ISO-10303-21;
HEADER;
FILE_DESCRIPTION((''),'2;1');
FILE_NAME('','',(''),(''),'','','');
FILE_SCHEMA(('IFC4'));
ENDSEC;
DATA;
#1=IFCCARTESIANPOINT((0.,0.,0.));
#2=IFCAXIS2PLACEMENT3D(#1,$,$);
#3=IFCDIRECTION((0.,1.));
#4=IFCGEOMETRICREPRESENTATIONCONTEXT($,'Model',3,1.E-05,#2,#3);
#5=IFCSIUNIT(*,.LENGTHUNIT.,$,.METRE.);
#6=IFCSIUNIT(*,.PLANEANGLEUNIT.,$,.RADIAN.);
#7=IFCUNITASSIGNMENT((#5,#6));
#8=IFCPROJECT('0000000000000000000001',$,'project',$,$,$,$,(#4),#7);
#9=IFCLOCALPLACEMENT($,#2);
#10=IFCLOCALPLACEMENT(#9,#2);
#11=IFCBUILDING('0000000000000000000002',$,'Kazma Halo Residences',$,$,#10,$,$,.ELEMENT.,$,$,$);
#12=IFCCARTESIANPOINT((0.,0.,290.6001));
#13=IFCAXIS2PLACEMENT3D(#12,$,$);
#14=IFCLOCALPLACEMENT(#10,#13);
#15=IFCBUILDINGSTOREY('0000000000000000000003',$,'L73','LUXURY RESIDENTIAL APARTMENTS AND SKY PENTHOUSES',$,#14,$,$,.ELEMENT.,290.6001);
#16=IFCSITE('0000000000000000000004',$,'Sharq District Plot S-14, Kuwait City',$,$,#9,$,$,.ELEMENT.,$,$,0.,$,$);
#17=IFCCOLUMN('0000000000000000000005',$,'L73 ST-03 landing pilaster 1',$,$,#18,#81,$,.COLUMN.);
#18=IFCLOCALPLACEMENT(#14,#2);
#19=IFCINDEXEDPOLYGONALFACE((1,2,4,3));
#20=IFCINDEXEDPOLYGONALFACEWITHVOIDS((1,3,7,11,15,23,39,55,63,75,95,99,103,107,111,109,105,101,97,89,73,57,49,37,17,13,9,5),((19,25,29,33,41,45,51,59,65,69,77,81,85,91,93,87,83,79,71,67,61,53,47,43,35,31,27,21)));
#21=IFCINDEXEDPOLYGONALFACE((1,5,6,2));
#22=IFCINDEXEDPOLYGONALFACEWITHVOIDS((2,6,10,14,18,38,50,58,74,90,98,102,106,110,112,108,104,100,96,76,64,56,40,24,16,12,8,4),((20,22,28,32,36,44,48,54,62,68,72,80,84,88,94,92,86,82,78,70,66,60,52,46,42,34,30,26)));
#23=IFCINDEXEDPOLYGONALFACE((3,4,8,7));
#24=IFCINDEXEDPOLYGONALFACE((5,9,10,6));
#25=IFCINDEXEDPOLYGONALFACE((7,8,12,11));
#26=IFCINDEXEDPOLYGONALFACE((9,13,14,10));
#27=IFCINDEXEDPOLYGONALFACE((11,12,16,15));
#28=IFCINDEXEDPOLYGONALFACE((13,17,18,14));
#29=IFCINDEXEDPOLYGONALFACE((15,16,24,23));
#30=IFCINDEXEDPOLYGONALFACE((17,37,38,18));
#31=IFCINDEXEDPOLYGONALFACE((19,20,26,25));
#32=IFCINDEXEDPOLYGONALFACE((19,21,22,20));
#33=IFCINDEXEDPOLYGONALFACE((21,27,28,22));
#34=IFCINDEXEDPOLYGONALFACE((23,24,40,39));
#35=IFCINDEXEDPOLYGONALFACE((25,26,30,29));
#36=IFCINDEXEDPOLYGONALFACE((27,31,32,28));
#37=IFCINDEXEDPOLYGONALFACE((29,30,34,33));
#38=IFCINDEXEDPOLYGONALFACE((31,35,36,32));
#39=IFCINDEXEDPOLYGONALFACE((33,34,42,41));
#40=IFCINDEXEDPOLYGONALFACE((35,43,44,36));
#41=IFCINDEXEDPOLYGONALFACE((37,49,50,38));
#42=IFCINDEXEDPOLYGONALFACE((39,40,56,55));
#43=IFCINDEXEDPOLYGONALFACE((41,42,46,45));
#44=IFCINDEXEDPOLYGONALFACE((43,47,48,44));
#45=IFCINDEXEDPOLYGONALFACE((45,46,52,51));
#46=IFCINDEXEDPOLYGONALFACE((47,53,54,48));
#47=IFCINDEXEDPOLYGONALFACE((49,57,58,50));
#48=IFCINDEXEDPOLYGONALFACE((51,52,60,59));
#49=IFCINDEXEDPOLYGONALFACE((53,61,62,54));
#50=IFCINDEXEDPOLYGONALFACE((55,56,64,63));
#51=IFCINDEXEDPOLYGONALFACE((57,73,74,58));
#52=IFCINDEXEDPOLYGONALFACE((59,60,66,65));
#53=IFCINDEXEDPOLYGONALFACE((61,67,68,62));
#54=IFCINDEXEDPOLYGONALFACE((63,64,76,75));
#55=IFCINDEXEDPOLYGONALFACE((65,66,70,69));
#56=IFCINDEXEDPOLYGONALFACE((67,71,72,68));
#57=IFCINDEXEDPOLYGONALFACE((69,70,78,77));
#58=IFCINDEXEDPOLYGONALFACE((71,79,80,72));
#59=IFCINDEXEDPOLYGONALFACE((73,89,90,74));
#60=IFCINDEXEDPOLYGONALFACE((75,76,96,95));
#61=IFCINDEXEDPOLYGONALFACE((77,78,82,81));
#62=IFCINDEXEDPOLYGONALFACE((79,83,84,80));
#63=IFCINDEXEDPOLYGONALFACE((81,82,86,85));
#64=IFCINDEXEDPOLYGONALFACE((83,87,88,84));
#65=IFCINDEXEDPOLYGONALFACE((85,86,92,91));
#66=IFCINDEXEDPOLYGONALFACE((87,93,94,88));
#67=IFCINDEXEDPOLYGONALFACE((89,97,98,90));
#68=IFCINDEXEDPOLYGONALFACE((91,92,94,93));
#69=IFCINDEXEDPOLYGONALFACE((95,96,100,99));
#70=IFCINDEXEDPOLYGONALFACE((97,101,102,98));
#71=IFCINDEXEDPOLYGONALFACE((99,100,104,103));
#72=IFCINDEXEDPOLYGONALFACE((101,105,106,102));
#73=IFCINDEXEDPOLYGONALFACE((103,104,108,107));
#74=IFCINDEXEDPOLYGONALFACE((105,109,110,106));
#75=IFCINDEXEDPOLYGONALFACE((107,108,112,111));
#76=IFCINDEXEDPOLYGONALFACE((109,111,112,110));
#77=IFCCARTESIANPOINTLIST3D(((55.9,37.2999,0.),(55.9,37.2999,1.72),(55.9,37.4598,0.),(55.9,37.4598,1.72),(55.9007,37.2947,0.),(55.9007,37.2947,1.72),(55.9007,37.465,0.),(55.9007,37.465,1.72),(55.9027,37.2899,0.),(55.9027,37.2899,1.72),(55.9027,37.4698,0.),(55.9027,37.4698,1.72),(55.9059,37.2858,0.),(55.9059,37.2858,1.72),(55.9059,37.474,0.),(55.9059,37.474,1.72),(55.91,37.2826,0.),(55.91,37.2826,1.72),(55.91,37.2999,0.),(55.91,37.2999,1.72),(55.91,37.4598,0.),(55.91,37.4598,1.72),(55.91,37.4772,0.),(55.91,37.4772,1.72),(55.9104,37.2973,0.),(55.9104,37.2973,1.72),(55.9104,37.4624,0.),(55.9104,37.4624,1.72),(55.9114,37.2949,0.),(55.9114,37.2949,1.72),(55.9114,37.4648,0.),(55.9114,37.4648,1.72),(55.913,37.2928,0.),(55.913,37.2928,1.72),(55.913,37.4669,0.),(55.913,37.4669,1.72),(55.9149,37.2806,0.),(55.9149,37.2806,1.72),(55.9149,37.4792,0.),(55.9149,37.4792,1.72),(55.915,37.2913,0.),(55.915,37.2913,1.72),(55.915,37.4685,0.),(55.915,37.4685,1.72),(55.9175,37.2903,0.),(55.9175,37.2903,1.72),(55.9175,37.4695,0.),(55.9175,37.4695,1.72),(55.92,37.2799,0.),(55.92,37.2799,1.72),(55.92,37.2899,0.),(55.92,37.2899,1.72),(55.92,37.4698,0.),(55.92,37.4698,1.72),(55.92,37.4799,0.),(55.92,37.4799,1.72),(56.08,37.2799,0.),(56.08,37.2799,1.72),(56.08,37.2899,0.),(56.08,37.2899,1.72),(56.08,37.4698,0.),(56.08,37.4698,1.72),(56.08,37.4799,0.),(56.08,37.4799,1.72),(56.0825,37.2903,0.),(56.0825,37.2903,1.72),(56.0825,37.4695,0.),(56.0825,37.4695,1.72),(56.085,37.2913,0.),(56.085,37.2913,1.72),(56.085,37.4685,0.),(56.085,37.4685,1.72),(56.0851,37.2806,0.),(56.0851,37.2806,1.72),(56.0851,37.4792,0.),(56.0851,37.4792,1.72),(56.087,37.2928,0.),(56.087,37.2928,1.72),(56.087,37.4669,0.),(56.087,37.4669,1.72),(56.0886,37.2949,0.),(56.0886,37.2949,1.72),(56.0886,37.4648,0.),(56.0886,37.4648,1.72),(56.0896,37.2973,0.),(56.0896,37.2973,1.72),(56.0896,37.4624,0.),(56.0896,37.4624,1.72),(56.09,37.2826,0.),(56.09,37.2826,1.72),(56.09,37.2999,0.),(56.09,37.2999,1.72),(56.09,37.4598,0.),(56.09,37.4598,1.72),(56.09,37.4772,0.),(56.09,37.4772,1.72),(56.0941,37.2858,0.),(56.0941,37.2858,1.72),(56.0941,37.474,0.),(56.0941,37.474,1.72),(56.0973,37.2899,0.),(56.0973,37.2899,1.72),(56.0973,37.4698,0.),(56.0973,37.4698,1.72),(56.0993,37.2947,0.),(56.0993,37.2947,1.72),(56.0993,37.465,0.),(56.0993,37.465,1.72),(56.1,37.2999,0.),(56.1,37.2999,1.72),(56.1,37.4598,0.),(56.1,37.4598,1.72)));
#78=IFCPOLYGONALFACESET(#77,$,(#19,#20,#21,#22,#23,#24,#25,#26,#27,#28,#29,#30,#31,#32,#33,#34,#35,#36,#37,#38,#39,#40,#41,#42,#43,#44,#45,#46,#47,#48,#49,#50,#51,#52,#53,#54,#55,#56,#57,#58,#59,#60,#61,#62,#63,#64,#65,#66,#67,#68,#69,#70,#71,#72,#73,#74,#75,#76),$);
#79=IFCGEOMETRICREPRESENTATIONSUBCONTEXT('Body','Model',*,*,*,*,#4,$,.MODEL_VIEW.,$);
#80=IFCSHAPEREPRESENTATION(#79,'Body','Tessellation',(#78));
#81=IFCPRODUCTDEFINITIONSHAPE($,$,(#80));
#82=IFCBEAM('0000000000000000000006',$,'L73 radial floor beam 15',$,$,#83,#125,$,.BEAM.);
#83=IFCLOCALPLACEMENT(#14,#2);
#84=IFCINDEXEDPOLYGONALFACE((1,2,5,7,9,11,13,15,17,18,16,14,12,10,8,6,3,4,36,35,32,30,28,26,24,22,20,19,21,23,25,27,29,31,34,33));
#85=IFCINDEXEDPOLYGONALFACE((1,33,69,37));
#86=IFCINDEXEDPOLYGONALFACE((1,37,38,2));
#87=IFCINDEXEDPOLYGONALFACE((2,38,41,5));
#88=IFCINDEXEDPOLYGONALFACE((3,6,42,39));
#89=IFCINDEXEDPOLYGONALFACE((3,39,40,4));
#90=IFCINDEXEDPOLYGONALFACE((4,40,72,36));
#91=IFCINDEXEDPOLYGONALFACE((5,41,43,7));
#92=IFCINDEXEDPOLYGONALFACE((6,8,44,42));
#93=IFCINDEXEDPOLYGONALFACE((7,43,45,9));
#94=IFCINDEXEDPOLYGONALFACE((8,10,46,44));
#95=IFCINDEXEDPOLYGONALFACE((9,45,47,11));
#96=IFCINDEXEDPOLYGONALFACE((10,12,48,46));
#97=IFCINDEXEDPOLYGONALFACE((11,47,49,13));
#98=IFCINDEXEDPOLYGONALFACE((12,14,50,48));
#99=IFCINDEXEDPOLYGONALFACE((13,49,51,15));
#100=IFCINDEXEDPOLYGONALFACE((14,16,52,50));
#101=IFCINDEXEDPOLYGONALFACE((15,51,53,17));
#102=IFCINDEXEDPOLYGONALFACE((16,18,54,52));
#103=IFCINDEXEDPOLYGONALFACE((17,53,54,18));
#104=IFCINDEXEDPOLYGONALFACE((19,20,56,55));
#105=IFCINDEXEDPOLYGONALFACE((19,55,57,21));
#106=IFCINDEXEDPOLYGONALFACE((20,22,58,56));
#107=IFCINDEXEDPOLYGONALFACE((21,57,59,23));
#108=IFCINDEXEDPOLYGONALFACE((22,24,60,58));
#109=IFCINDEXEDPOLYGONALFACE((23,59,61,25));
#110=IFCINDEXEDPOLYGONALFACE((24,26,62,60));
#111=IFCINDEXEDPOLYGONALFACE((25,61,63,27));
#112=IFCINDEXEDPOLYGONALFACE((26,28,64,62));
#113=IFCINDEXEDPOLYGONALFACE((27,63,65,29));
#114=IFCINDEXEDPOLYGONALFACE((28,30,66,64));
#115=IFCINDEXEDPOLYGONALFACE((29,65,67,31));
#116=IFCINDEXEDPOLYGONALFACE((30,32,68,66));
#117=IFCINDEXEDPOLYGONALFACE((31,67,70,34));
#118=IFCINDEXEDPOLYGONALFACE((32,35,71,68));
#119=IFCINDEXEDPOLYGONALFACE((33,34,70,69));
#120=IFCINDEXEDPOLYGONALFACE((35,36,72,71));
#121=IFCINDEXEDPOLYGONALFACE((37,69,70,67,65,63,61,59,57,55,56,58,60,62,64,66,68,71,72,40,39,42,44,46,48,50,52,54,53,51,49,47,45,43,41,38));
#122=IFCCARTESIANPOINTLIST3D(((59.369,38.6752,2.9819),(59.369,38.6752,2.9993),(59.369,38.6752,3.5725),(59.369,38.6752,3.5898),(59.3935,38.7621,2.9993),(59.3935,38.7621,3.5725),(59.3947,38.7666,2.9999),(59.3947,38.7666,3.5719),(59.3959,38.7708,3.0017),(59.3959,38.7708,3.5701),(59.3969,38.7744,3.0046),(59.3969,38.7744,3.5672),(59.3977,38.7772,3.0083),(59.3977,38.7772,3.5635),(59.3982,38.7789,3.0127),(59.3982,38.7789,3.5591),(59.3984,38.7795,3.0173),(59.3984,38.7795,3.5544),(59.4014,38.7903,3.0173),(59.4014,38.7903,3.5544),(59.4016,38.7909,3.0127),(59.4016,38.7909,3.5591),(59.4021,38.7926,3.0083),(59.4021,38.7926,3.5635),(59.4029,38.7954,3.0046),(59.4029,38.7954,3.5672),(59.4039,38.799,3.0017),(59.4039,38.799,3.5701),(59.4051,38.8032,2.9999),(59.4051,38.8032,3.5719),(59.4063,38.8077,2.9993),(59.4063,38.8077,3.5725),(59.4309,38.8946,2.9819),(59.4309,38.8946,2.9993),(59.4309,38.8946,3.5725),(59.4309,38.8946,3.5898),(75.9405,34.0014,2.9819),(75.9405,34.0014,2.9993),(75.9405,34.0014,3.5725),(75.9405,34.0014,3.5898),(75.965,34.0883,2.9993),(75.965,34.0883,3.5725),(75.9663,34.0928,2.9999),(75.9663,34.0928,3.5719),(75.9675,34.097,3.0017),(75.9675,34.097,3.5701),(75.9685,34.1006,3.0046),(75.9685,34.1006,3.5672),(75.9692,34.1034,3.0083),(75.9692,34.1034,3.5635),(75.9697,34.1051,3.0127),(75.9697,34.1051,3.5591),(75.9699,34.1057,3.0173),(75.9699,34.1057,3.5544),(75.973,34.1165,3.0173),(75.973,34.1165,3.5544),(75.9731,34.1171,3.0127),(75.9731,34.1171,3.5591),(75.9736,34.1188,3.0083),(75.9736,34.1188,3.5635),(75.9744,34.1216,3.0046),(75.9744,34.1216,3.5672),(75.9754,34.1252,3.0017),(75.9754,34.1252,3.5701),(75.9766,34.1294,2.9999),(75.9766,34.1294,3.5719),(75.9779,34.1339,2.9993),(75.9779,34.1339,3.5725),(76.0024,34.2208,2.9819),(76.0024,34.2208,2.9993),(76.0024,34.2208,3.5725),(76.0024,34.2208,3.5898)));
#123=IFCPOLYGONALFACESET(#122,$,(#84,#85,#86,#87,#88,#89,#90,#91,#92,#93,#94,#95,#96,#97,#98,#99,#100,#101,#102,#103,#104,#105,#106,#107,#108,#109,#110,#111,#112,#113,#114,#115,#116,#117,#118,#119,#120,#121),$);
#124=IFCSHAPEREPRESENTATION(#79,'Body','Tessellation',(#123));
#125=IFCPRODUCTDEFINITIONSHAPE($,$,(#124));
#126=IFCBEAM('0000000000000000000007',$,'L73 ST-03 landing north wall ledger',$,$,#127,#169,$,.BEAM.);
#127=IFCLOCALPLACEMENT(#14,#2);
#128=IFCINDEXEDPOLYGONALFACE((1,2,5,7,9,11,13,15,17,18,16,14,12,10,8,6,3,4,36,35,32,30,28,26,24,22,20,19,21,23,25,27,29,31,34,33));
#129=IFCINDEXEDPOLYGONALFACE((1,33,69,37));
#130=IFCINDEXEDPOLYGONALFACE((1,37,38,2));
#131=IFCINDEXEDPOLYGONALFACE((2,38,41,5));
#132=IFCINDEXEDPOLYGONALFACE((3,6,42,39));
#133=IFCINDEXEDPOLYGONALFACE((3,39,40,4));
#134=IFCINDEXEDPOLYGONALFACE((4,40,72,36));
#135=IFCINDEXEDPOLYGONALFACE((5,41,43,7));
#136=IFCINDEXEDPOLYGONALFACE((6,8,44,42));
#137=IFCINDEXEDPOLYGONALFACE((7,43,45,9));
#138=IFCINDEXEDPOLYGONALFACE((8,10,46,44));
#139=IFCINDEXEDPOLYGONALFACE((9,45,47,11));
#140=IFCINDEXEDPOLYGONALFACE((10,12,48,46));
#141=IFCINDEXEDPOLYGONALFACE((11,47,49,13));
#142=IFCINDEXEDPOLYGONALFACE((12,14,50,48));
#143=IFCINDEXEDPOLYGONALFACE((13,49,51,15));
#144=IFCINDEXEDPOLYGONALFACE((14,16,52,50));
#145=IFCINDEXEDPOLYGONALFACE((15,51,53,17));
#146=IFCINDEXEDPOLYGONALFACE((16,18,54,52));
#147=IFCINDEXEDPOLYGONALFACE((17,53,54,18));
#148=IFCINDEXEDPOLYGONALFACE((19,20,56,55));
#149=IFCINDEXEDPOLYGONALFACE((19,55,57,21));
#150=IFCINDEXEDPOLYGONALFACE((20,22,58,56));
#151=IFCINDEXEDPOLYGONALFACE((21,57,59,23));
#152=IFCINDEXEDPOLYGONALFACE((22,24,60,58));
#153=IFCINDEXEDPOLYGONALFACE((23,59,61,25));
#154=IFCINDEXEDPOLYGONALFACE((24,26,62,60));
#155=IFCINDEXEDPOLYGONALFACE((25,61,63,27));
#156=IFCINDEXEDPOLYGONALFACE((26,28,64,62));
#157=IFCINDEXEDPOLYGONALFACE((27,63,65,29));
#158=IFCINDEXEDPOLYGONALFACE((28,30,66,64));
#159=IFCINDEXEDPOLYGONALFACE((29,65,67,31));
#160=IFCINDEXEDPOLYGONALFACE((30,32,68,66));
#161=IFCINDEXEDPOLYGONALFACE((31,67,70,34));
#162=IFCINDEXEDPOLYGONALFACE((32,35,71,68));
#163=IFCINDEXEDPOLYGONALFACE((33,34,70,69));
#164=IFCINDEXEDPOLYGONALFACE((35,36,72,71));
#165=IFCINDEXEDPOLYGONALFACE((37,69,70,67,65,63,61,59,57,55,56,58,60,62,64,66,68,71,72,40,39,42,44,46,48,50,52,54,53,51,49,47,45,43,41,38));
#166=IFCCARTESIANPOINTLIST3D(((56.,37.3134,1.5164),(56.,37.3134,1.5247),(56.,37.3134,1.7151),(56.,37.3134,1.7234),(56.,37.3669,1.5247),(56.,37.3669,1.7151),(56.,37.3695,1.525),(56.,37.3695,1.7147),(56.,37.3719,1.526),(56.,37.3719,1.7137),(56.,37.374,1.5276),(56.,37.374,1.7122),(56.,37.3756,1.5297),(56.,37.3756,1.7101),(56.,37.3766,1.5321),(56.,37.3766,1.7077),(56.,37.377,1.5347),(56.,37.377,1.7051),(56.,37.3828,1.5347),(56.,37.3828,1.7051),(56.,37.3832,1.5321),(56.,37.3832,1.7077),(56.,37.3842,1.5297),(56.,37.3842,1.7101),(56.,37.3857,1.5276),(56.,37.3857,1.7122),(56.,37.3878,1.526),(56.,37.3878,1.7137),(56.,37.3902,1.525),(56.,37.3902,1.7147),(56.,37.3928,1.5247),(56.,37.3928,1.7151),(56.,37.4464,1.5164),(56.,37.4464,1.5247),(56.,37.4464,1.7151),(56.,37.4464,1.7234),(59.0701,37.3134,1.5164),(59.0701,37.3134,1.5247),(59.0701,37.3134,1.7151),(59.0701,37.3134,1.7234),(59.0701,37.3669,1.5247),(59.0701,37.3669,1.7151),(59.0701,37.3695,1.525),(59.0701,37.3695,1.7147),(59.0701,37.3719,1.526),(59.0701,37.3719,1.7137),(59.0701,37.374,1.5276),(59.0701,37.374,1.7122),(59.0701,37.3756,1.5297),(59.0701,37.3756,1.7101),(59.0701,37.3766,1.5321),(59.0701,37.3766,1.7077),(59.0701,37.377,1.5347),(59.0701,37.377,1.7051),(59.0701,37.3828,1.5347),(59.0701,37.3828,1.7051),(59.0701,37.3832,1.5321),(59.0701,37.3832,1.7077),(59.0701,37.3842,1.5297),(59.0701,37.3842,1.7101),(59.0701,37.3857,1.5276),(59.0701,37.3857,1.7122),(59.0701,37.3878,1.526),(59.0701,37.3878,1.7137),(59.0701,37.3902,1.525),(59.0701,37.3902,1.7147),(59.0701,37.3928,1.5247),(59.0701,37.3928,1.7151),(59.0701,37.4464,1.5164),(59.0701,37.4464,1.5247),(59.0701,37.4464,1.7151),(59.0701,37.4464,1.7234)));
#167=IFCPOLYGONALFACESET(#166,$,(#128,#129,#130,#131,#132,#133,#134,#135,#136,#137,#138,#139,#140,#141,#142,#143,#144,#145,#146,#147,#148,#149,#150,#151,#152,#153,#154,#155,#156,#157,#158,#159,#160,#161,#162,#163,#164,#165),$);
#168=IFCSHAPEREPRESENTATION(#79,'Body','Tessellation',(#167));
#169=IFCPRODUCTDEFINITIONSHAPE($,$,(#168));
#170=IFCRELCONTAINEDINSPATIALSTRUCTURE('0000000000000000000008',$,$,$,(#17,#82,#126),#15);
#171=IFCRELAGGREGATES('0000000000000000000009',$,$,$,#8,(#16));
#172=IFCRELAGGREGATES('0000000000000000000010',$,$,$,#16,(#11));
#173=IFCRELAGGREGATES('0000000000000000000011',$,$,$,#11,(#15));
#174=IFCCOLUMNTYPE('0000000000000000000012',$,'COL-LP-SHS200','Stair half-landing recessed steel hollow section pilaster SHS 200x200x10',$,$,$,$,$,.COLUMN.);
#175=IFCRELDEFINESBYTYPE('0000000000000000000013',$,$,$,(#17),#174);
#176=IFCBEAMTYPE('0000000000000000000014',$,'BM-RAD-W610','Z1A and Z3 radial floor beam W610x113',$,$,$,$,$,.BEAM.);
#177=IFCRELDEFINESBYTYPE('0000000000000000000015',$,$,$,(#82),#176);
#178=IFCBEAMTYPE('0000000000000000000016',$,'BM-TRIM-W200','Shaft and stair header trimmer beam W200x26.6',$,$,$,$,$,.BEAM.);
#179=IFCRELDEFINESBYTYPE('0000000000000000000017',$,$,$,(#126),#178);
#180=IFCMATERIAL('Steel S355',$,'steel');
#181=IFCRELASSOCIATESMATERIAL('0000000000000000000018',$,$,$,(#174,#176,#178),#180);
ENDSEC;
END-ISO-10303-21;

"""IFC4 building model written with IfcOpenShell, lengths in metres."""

from ifc_helpers import new_model, si_unit, direction, frame, origin, origin_2d, place, context, subcontext, project, spatial, hollow_rectangle, i_section, extrude, material, material_profile, profile_set, type_object, element, save


model = new_model("IFC4")

# Units and contexts
model_context = context("Model", 3, precision=1e-05, world=origin(), true_north=direction((0.0, 1.0)))
body_context = subcontext(model_context, "Body", "Model", "MODEL_VIEW")
ifc_project = project(units=[si_unit("LENGTHUNIT", "METRE"), si_unit("PLANEANGLEUNIT", "RADIAN")], contexts=[model_context])

# Site, building, storey
site_placement = place(None, origin())
site = spatial("IfcSite", under=ifc_project, at=site_placement, Name="Sharq District Plot S-14, Kuwait City", CompositionType="ELEMENT", RefElevation=0.0)
building_placement = place(site_placement, origin())
building = spatial("IfcBuilding", under=site, at=building_placement, Name="Kazma Halo Residences", CompositionType="ELEMENT")
storey_placement = place(building_placement, frame((0.0, 0.0, 290.6001)))
storey = spatial("IfcBuildingStorey", under=building, at=storey_placement, Name="L73", Description="LUXURY RESIDENTIAL APARTMENTS AND SKY PENTHOUSES", CompositionType="ELEMENT", Elevation=290.6001)

# Column
ifc_material_1 = material(Name="Steel S355", Category="steel")
ifc_material_profile_1 = material_profile(ifc_material_1, hollow_rectangle(XDim=0.2, YDim=0.2, WallThickness=0.01, InnerFilletRadius=0.01, OuterFilletRadius=0.02, at=origin_2d()), Name="SHS200x200x10")
ifc_profile_set_1 = profile_set([ifc_material_profile_1], Name="Steel S355")
column_type = type_object("IfcColumnType", Name="COL-LP-SHS200", Description="Stair half-landing recessed steel hollow section pilaster SHS 200x200x10", PredefinedType="COLUMN", material=ifc_profile_set_1)
column_placement = place(storey_placement, frame((56.0, 37.3799, 0.0), z_axis=(0.0, 0.0, 1.0), x_axis=(1.0, 0.0, 0.0)))
element("IfcColumn", 1, at=column_placement, inside=storey, type_object=column_type, Name="L73 ST-03 landing pilaster 1", PredefinedType="COLUMN", context=body_context, shape_type="SweptSolid", body=[
    extrude(hollow_rectangle(XDim=0.2, YDim=0.2, WallThickness=0.01, InnerFilletRadius=0.01, OuterFilletRadius=0.02, at=origin_2d()), origin(), (0.0, 0.0, 1.0), 1.72),
])

# Beams
ifc_material_profile_2 = material_profile(ifc_material_1, i_section(OverallWidth=0.228, OverallDepth=0.6079, WebThickness=0.0112, FlangeThickness=0.0173, FilletRadius=0.0181, at=origin_2d()), Name="W610x113")
ifc_profile_set_2 = profile_set([ifc_material_profile_2], Name="Steel S355")
beam_type_1 = type_object("IfcBeamType", Name="BM-RAD-W610", Description="Z1A and Z3 radial floor beam W610x113", PredefinedType="BEAM", material=ifc_profile_set_2)
beam_1_placement = place(storey_placement, frame((59.3999, 38.7849, 3.2859), z_axis=(0.962453, -0.27145, 0.0), x_axis=(0.27145, 0.962453, 0.0)))
element("IfcBeam", 2, at=beam_1_placement, inside=storey, type_object=beam_type_1, Name="L73 radial floor beam 15", PredefinedType="BEAM", context=body_context, shape_type="SweptSolid", body=[
    extrude(i_section(OverallWidth=0.228, OverallDepth=0.6079, WebThickness=0.0112, FlangeThickness=0.0173, FilletRadius=0.0181, at=origin_2d()), origin(), (0.0, 0.0, 1.0), 17.218),
])
ifc_material_profile_3 = material_profile(ifc_material_1, i_section(OverallWidth=0.1331, OverallDepth=0.207, WebThickness=0.0059, FlangeThickness=0.0083, FilletRadius=0.01, at=origin_2d()), Name="W200x26.6")
ifc_profile_set_3 = profile_set([ifc_material_profile_3], Name="Steel S355")
beam_type_2 = type_object("IfcBeamType", Name="BM-TRIM-W200", Description="Shaft and stair header trimmer beam W200x26.6", PredefinedType="BEAM", material=ifc_profile_set_3)
beam_2_placement = place(storey_placement, frame((56.0, 37.3799, 1.6199), z_axis=(1.0, 0.0, 0.0), x_axis=(0.0, 1.0, 0.0)))
element("IfcBeam", 3, at=beam_2_placement, inside=storey, type_object=beam_type_2, Name="L73 ST-03 landing north wall ledger", PredefinedType="BEAM", context=body_context, shape_type="SweptSolid", body=[
    extrude(i_section(OverallWidth=0.1331, OverallDepth=0.207, WebThickness=0.0059, FlangeThickness=0.0083, FilletRadius=0.01, at=origin_2d()), origin(), (0.0, 0.0, 1.0), 3.0701),
])

save(model, "model.ifc")
